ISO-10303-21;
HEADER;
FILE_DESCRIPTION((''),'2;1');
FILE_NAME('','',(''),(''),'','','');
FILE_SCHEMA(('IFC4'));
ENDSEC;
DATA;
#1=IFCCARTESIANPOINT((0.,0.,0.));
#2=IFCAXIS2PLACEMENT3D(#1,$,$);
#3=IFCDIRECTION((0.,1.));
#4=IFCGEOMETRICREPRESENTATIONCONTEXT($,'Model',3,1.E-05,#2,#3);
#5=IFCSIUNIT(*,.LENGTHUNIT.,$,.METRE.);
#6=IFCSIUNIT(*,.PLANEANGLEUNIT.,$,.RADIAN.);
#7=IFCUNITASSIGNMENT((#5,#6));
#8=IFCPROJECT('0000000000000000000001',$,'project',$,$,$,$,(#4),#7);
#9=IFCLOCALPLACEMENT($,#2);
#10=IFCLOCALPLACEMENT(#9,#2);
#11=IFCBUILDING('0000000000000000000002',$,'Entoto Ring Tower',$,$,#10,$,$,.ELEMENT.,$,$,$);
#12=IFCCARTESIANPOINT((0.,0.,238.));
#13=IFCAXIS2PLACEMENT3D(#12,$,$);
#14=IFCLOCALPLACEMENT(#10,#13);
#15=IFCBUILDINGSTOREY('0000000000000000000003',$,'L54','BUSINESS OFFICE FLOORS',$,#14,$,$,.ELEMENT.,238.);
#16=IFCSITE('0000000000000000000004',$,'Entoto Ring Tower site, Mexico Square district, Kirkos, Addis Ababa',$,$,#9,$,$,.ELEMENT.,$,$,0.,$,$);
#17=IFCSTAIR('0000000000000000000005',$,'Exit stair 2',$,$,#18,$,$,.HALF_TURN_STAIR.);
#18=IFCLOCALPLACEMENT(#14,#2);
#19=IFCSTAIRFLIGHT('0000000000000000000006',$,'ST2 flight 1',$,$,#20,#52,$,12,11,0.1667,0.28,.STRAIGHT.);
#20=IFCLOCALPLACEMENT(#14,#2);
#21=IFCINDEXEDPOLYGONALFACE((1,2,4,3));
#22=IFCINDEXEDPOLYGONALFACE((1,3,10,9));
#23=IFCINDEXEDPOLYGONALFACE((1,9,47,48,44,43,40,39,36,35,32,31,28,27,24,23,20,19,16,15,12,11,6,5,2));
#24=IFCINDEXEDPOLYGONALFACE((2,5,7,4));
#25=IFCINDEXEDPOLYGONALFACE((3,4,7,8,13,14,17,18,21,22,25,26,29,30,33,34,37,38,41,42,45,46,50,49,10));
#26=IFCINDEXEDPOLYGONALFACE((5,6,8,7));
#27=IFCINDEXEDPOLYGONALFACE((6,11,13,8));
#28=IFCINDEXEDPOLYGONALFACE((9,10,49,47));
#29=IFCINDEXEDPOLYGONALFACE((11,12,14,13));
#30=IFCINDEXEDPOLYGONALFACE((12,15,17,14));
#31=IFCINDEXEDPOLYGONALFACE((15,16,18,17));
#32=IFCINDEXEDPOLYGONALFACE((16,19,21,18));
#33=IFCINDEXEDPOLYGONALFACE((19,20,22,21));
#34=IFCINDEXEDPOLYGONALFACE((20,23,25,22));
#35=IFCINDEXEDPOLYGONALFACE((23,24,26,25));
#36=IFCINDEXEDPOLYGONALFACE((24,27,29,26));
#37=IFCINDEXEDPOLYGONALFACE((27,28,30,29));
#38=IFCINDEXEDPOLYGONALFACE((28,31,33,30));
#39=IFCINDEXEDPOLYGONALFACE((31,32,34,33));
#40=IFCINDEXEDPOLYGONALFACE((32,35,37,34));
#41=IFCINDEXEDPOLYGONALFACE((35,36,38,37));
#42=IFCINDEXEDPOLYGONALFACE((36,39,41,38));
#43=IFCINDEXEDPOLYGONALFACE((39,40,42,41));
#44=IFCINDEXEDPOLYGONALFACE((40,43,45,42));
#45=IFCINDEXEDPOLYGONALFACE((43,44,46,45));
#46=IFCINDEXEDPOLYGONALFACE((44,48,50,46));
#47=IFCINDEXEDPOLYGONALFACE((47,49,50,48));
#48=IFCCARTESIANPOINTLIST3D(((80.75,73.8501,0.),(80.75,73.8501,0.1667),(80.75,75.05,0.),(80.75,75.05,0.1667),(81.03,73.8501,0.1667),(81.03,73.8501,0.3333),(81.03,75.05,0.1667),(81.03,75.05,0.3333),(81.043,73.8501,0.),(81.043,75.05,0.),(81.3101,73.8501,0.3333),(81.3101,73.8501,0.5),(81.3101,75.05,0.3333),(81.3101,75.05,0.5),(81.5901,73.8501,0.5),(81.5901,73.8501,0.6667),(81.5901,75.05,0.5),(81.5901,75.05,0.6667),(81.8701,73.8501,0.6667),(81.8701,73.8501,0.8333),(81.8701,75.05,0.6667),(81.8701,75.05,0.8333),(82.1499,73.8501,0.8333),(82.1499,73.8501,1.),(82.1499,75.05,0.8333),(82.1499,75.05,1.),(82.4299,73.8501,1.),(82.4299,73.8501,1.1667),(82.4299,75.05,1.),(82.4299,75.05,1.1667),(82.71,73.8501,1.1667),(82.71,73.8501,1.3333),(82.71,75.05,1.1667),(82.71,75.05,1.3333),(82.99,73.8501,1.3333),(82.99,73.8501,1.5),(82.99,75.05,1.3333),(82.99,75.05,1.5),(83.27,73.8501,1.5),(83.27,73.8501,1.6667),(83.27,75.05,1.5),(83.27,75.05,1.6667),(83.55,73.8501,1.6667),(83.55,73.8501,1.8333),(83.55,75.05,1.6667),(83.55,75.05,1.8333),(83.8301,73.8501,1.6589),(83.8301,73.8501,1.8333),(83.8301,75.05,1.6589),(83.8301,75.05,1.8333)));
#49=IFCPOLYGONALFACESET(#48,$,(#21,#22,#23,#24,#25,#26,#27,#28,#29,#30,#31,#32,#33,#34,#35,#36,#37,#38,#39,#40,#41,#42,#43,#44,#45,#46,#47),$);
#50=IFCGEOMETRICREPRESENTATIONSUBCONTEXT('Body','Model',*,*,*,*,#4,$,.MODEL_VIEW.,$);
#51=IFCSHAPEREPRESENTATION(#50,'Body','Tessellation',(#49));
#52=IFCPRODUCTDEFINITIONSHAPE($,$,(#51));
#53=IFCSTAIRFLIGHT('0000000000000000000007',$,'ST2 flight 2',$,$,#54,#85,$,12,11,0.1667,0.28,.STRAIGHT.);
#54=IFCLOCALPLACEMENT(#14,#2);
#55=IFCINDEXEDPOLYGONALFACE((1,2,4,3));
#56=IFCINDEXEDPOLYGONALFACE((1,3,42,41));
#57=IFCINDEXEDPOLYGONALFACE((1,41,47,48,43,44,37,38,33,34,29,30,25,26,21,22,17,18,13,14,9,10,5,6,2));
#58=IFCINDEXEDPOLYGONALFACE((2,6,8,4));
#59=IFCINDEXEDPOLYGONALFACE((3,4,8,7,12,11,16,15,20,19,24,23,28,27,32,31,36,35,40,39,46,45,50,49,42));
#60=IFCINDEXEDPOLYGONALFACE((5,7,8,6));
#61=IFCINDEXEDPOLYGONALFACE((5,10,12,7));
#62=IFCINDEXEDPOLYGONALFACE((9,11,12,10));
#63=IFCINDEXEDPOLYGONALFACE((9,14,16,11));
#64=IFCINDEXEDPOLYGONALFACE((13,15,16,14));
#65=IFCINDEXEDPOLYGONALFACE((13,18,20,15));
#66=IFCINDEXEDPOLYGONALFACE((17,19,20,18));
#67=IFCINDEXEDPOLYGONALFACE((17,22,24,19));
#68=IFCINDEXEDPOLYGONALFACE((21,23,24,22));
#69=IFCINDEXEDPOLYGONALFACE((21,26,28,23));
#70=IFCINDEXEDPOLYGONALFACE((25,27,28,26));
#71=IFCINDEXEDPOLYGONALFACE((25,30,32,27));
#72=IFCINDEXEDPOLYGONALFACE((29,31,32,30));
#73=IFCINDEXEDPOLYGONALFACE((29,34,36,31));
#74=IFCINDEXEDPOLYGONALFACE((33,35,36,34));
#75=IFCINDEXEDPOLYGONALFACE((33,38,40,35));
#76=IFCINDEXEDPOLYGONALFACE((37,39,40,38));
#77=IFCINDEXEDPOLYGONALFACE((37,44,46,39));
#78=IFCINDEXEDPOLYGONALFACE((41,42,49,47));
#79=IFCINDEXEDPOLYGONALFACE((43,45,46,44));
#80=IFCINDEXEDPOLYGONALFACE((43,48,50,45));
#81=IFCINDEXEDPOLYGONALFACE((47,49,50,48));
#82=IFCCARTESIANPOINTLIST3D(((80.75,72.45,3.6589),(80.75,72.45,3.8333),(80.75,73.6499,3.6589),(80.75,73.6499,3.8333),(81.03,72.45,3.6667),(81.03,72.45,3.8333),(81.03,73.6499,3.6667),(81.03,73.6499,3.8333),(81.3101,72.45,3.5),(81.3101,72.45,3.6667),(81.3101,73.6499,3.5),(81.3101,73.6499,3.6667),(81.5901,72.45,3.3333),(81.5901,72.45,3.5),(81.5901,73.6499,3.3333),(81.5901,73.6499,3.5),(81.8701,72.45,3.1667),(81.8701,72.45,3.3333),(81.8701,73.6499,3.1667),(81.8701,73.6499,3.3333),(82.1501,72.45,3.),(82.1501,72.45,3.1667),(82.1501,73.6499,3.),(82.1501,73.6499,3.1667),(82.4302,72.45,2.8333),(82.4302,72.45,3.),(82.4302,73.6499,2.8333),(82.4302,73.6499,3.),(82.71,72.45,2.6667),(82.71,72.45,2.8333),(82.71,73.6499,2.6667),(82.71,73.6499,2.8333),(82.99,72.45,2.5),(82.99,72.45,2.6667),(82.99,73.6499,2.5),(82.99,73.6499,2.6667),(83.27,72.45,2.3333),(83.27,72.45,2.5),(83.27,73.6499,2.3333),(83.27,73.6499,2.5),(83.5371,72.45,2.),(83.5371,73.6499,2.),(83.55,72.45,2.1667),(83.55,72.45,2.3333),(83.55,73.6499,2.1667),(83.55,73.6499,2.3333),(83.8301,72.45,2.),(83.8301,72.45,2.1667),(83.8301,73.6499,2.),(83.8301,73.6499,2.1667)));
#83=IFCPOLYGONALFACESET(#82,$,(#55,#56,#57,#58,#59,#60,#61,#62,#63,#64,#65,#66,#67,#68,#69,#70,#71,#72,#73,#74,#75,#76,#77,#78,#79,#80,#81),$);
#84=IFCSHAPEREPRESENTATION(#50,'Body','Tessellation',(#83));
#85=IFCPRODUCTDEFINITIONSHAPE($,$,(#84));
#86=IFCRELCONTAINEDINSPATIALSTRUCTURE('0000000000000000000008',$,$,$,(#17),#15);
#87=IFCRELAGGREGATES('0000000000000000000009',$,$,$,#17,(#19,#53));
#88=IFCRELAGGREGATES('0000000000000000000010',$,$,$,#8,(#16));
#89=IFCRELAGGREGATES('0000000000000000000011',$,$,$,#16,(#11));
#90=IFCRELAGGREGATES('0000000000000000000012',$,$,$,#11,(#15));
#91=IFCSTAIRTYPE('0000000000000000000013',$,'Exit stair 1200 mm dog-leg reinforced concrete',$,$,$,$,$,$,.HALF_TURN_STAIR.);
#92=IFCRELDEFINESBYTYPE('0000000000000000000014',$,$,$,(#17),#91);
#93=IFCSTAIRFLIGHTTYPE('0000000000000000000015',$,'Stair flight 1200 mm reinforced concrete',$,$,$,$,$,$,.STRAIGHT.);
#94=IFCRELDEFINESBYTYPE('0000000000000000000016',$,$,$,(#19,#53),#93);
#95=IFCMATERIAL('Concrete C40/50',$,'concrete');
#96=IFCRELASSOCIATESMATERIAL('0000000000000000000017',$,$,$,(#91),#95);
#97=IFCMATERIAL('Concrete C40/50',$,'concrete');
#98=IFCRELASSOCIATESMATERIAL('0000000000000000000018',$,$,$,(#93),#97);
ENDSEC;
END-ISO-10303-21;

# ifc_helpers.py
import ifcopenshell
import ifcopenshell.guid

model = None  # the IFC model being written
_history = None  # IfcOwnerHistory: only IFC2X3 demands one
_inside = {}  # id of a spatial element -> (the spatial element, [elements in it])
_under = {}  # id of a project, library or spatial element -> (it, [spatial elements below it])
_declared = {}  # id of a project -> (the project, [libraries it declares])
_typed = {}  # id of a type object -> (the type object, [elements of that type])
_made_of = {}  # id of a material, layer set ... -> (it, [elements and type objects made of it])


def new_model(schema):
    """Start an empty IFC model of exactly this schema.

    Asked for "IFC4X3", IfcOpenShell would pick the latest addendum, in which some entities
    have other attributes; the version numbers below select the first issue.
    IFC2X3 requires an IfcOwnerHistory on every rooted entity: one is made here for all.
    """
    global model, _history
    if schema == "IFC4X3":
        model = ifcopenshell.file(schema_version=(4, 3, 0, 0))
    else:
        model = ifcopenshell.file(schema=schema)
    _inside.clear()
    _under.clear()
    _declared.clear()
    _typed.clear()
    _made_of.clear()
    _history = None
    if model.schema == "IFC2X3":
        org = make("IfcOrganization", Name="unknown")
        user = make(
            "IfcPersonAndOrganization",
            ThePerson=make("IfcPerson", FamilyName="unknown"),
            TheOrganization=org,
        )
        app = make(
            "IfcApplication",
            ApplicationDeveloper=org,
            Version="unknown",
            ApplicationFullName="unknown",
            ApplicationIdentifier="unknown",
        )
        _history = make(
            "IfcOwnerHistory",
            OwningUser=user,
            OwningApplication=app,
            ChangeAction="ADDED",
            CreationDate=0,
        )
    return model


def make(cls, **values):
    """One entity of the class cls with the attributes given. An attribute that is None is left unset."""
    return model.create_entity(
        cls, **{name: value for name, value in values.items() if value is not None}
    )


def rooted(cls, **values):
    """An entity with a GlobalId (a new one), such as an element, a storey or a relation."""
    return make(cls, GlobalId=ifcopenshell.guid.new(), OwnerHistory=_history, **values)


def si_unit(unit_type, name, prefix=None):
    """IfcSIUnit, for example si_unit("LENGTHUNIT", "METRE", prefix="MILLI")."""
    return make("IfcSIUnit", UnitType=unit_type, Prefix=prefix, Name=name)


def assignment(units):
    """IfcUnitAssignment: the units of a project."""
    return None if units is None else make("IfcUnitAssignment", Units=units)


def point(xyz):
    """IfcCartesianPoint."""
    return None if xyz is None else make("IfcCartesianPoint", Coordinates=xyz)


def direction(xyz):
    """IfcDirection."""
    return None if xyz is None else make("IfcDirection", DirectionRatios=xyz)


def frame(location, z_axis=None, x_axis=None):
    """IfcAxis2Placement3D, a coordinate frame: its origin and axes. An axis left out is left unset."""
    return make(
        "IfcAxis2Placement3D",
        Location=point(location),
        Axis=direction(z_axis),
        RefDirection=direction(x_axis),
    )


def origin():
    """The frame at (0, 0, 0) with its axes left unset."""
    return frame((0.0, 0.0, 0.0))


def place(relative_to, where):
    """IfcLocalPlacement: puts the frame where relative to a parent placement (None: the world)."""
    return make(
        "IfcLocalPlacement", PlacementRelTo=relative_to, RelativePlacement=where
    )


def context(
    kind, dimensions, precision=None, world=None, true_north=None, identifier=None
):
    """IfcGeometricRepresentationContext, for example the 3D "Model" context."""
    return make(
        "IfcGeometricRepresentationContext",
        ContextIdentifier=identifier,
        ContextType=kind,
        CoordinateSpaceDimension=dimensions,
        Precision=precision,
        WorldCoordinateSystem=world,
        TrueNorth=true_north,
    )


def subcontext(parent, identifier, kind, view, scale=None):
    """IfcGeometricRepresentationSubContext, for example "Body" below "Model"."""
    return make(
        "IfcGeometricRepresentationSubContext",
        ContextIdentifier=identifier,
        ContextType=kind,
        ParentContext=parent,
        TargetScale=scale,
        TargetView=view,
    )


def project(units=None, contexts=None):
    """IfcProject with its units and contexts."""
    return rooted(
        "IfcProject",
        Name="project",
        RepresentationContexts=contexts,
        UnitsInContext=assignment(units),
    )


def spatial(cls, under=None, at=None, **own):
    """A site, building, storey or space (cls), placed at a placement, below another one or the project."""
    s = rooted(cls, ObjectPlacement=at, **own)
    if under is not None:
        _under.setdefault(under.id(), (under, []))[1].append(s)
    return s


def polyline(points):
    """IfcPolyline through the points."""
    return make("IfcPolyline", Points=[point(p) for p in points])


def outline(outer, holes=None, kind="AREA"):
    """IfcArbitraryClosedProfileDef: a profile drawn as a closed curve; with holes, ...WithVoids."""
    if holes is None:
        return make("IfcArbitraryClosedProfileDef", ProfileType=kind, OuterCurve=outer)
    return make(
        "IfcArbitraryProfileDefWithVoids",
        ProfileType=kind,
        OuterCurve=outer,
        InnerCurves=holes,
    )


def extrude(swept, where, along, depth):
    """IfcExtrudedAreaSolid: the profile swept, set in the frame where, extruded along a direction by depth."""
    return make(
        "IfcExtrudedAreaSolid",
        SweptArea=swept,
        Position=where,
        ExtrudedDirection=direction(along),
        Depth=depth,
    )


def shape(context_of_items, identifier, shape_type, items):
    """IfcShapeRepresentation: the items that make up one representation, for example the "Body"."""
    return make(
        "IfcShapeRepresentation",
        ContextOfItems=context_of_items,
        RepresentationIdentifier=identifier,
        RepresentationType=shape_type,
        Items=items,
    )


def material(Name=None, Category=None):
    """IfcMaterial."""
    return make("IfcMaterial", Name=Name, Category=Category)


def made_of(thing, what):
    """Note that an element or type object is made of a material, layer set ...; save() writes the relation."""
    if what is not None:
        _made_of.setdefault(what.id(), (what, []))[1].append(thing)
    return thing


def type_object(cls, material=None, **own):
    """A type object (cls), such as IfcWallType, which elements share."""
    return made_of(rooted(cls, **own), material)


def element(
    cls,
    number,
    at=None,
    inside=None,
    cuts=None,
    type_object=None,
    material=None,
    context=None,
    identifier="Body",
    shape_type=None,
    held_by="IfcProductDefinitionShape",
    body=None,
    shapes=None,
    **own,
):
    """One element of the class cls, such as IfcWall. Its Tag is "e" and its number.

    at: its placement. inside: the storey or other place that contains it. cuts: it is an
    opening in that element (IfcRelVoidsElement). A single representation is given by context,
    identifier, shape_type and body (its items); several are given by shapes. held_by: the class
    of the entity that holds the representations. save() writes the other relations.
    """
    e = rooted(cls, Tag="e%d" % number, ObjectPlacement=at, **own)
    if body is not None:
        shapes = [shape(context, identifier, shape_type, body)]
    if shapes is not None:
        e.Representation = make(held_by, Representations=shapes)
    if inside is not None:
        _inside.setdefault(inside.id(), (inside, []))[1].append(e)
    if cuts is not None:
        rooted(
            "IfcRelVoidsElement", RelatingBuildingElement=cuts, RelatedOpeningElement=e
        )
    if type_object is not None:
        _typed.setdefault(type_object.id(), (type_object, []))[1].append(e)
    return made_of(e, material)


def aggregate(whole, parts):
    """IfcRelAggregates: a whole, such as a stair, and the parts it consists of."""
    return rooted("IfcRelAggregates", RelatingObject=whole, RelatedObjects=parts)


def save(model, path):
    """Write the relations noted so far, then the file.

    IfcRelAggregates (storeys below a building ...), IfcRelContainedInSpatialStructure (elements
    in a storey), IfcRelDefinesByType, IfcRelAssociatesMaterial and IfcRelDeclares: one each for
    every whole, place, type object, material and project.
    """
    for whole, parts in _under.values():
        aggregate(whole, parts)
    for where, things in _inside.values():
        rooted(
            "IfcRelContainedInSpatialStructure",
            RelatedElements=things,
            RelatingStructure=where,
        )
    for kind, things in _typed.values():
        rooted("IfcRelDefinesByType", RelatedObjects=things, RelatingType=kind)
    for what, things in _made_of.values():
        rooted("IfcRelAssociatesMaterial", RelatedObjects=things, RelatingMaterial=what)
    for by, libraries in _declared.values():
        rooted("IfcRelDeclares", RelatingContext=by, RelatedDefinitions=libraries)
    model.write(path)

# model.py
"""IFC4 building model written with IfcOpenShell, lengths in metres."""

from ifc_helpers import new_model, si_unit, direction, frame, origin, place, context, subcontext, project, spatial, polyline, outline, extrude, material, type_object, element, aggregate, save


model = new_model("IFC4")

# Units and contexts
model_context = context("Model", 3, precision=1e-05, world=origin(), true_north=direction((0.0, 1.0)))
body_context = subcontext(model_context, "Body", "Model", "MODEL_VIEW")
ifc_project = project(units=[si_unit("LENGTHUNIT", "METRE"), si_unit("PLANEANGLEUNIT", "RADIAN")], contexts=[model_context])

# Site, building, storey
site_placement = place(None, origin())
site = spatial("IfcSite", under=ifc_project, at=site_placement, Name="Entoto Ring Tower site, Mexico Square district, Kirkos, Addis Ababa", CompositionType="ELEMENT", RefElevation=0.0)
building_placement = place(site_placement, origin())
building = spatial("IfcBuilding", under=site, at=building_placement, Name="Entoto Ring Tower", CompositionType="ELEMENT")
storey_placement = place(building_placement, frame((0.0, 0.0, 238.0)))
storey = spatial("IfcBuildingStorey", under=building, at=storey_placement, Name="L54", Description="BUSINESS OFFICE FLOORS", CompositionType="ELEMENT", Elevation=238.0)

# Stair, stair flights
ifc_material_1 = material(Name="Concrete C40/50", Category="concrete")
stair_type = type_object("IfcStairType", Name="Exit stair 1200 mm dog-leg reinforced concrete", PredefinedType="HALF_TURN_STAIR", material=ifc_material_1)
stair_placement = place(storey_placement, origin())
stair = element("IfcStair", 1, at=stair_placement, inside=storey, type_object=stair_type, Name="Exit stair 2", PredefinedType="HALF_TURN_STAIR")
ifc_material_2 = material(Name="Concrete C40/50", Category="concrete")
stair_flight_type = type_object("IfcStairFlightType", Name="Stair flight 1200 mm reinforced concrete", PredefinedType="STRAIGHT", material=ifc_material_2)
stair_flight_1_placement = place(storey_placement, frame((80.75, 74.45, 0.0), z_axis=(0.0, 0.0, 1.0), x_axis=(1.0, 0.0, 0.0)))
stair_flight_1 = element("IfcStairFlight", 2, at=stair_flight_1_placement, type_object=stair_flight_type, Name="ST2 flight 1", NumberOfRisers=12, NumberOfTreads=11, PredefinedType="STRAIGHT", RiserHeight=0.1667, TreadLength=0.28, context=body_context, shape_type="SweptSolid", body=[
    extrude(outline(polyline([(0.0, 0.0), (0.0, 0.1667), (0.28, 0.1667), (0.28, 0.3333), (0.5601, 0.3333), (0.5601, 0.5), (0.8401, 0.5), (0.8401, 0.6667), (1.1201, 0.6667), (1.1201, 0.8333), (1.3999, 0.8333), (1.3999, 1.0), (1.6799, 1.0), (1.6799, 1.1667), (1.96, 1.1667), (1.96, 1.3333), (2.24, 1.3333), (2.24, 1.5), (2.52, 1.5), (2.52, 1.6667), (2.8, 1.6667), (2.8, 1.8333), (3.0801, 1.8333), (3.0801, 2.0), (3.0801, 1.6589), (0.293, 0.0), (0.0, 0.0)])), frame((0.0, 0.6001, 0.0), z_axis=(0.0, -1.0, 0.0), x_axis=(1.0, 0.0, 0.0)), (0.0, 0.0, 1.0), 1.2),
])
stair_flight_2_placement = place(storey_placement, frame((83.8301, 73.05, 2.0), z_axis=(0.0, 0.0, 1.0), x_axis=(-1.0, 0.0, 0.0)))
stair_flight_2 = element("IfcStairFlight", 3, at=stair_flight_2_placement, type_object=stair_flight_type, Name="ST2 flight 2", NumberOfRisers=12, NumberOfTreads=11, PredefinedType="STRAIGHT", RiserHeight=0.1667, TreadLength=0.28, context=body_context, shape_type="SweptSolid", body=[
    extrude(outline(polyline([(0.0, 0.0), (0.0, 0.1667), (0.28, 0.1667), (0.28, 0.3333), (0.5601, 0.3333), (0.5601, 0.5), (0.8401, 0.5), (0.8401, 0.6667), (1.1201, 0.6667), (1.1201, 0.8333), (1.3999, 0.8333), (1.3999, 1.0), (1.6799, 1.0), (1.6799, 1.1667), (1.96, 1.1667), (1.96, 1.3333), (2.24, 1.3333), (2.24, 1.5), (2.52, 1.5), (2.52, 1.6667), (2.8, 1.6667), (2.8, 1.8333), (3.0801, 1.8333), (3.0801, 2.0), (3.0801, 1.6589), (0.293, 0.0), (0.0, 0.0)])), frame((0.0, 0.6001, 0.0), z_axis=(0.0, -1.0, 0.0), x_axis=(1.0, 0.0, 0.0)), (0.0, 0.0, 1.0), 1.2),
])
aggregate(stair, [stair_flight_1, stair_flight_2])

save(model, "model.ifc")
